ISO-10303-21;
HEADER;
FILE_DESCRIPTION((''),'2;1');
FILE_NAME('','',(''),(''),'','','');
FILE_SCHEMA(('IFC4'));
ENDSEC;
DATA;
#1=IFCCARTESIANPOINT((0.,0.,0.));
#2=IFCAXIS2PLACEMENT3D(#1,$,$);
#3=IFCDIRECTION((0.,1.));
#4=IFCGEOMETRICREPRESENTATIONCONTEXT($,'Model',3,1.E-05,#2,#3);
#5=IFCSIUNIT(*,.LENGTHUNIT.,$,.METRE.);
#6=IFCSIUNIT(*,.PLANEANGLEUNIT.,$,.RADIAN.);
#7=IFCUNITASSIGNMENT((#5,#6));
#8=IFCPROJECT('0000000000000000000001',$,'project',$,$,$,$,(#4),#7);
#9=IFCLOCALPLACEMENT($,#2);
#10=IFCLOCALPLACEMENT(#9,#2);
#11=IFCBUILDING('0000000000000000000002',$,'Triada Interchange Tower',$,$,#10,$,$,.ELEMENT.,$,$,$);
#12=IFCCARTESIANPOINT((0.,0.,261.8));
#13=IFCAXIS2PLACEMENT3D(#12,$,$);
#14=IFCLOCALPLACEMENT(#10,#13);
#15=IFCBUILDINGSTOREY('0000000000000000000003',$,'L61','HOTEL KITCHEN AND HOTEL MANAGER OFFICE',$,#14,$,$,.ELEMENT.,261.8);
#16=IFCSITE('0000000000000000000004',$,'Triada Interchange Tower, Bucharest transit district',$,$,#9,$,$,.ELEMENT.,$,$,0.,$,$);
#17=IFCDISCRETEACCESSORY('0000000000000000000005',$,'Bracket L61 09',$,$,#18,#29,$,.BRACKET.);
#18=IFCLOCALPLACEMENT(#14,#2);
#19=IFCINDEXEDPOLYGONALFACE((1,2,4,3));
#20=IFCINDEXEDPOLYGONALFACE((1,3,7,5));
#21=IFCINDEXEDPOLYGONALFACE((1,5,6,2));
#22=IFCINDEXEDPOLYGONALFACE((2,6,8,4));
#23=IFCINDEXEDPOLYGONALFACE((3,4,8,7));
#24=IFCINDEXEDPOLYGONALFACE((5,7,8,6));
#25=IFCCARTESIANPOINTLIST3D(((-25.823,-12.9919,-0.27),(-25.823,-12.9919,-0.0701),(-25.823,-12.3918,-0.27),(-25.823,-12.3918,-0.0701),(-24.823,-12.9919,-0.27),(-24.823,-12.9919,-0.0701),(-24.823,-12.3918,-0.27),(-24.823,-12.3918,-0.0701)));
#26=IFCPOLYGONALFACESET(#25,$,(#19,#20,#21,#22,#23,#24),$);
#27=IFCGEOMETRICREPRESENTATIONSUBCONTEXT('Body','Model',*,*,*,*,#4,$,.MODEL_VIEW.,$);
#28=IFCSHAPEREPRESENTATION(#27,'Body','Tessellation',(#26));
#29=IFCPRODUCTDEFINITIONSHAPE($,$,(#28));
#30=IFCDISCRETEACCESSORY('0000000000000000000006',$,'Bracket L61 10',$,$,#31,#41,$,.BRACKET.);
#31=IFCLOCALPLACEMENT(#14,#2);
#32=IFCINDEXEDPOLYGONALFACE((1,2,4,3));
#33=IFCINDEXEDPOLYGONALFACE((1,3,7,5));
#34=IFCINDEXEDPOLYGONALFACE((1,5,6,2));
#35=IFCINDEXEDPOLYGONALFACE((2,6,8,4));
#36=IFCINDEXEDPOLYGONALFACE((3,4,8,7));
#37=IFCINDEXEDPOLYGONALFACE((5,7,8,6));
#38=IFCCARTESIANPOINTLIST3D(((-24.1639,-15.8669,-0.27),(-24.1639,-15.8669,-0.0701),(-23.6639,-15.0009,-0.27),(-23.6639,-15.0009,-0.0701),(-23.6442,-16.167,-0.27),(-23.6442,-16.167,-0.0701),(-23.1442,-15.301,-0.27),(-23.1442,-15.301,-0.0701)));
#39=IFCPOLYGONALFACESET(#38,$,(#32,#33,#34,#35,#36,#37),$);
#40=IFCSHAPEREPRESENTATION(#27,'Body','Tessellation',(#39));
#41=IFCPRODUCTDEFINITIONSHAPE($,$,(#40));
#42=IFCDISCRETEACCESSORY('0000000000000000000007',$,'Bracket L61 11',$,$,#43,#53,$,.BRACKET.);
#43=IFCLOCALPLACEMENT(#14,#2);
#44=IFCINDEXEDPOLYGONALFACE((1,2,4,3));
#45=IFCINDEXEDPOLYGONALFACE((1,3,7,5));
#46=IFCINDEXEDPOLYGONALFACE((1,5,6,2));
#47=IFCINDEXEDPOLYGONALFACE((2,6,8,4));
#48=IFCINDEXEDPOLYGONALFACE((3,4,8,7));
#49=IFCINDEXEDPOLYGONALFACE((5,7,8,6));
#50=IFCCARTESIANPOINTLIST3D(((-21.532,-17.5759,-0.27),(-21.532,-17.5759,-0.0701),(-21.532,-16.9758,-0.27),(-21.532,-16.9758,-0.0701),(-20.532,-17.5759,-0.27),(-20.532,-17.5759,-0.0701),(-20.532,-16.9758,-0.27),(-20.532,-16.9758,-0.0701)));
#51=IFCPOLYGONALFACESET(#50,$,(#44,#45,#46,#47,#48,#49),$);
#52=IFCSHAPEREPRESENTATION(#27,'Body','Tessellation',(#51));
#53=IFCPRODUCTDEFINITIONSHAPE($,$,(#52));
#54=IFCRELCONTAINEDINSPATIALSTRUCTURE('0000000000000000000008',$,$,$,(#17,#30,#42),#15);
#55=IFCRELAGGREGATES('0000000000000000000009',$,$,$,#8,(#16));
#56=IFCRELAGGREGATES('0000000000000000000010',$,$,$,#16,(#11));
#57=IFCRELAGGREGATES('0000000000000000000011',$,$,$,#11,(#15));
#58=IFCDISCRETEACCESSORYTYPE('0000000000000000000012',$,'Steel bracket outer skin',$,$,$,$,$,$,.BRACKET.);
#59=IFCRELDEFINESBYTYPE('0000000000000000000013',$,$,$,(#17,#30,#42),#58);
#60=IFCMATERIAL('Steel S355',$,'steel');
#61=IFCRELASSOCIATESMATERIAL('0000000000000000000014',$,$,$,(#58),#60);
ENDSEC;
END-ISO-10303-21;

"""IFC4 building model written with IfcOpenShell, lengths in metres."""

from ifc_helpers import new_model, si_unit, direction, frame, origin, origin_2d, place, context, subcontext, project, spatial, rectangle, extrude, material, type_object, element, save


model = new_model("IFC4")

# Units and contexts
model_context = context("Model", 3, precision=1e-05, world=origin(), true_north=direction((0.0, 1.0)))
body_context = subcontext(model_context, "Body", "Model", "MODEL_VIEW")
ifc_project = project(units=[si_unit("LENGTHUNIT", "METRE"), si_unit("PLANEANGLEUNIT", "RADIAN")], contexts=[model_context])

# Site, building, storey
site_placement = place(None, origin())
site = spatial("IfcSite", under=ifc_project, at=site_placement, Name="Triada Interchange Tower, Bucharest transit district", CompositionType="ELEMENT", RefElevation=0.0)
building_placement = place(site_placement, origin())
building = spatial("IfcBuilding", under=site, at=building_placement, Name="Triada Interchange Tower", CompositionType="ELEMENT")
storey_placement = place(building_placement, frame((0.0, 0.0, 261.8)))
storey = spatial("IfcBuildingStorey", under=building, at=storey_placement, Name="L61", Description="HOTEL KITCHEN AND HOTEL MANAGER OFFICE", CompositionType="ELEMENT", Elevation=261.8)

# Discrete accessories
ifc_material_1 = material(Name="Steel S355", Category="steel")
discrete_accessory_type = type_object("IfcDiscreteAccessoryType", Name="Steel bracket outer skin", PredefinedType="BRACKET", material=ifc_material_1)
for number, where, z_axis, x_axis, name in (
    (1, (-25.323, -12.6919, -0.27), (0.0, 0.0, 1.0), (0.0, -1.0, 0.0), "Bracket L61 09"),
    (2, (-23.6541, -15.584, -0.27), (0.0, 0.0, 1.0), (-0.865991, 0.50006, 0.0), "Bracket L61 10"),
    (3, (-21.032, -17.2759, -0.27), (0.0, 0.0, 1.0), (0.0, -1.0, 0.0), "Bracket L61 11"),
):
    element("IfcDiscreteAccessory", number, at=place(storey_placement, frame(where, z_axis=z_axis, x_axis=x_axis)), inside=storey, type_object=discrete_accessory_type, Name=name, PredefinedType="BRACKET", context=body_context, shape_type="SweptSolid", body=[
        extrude(rectangle(XDim=0.6001, YDim=1.0, at=origin_2d()), origin(), (0.0, 0.0, 1.0), 0.2),
    ])

save(model, "model.ifc")
